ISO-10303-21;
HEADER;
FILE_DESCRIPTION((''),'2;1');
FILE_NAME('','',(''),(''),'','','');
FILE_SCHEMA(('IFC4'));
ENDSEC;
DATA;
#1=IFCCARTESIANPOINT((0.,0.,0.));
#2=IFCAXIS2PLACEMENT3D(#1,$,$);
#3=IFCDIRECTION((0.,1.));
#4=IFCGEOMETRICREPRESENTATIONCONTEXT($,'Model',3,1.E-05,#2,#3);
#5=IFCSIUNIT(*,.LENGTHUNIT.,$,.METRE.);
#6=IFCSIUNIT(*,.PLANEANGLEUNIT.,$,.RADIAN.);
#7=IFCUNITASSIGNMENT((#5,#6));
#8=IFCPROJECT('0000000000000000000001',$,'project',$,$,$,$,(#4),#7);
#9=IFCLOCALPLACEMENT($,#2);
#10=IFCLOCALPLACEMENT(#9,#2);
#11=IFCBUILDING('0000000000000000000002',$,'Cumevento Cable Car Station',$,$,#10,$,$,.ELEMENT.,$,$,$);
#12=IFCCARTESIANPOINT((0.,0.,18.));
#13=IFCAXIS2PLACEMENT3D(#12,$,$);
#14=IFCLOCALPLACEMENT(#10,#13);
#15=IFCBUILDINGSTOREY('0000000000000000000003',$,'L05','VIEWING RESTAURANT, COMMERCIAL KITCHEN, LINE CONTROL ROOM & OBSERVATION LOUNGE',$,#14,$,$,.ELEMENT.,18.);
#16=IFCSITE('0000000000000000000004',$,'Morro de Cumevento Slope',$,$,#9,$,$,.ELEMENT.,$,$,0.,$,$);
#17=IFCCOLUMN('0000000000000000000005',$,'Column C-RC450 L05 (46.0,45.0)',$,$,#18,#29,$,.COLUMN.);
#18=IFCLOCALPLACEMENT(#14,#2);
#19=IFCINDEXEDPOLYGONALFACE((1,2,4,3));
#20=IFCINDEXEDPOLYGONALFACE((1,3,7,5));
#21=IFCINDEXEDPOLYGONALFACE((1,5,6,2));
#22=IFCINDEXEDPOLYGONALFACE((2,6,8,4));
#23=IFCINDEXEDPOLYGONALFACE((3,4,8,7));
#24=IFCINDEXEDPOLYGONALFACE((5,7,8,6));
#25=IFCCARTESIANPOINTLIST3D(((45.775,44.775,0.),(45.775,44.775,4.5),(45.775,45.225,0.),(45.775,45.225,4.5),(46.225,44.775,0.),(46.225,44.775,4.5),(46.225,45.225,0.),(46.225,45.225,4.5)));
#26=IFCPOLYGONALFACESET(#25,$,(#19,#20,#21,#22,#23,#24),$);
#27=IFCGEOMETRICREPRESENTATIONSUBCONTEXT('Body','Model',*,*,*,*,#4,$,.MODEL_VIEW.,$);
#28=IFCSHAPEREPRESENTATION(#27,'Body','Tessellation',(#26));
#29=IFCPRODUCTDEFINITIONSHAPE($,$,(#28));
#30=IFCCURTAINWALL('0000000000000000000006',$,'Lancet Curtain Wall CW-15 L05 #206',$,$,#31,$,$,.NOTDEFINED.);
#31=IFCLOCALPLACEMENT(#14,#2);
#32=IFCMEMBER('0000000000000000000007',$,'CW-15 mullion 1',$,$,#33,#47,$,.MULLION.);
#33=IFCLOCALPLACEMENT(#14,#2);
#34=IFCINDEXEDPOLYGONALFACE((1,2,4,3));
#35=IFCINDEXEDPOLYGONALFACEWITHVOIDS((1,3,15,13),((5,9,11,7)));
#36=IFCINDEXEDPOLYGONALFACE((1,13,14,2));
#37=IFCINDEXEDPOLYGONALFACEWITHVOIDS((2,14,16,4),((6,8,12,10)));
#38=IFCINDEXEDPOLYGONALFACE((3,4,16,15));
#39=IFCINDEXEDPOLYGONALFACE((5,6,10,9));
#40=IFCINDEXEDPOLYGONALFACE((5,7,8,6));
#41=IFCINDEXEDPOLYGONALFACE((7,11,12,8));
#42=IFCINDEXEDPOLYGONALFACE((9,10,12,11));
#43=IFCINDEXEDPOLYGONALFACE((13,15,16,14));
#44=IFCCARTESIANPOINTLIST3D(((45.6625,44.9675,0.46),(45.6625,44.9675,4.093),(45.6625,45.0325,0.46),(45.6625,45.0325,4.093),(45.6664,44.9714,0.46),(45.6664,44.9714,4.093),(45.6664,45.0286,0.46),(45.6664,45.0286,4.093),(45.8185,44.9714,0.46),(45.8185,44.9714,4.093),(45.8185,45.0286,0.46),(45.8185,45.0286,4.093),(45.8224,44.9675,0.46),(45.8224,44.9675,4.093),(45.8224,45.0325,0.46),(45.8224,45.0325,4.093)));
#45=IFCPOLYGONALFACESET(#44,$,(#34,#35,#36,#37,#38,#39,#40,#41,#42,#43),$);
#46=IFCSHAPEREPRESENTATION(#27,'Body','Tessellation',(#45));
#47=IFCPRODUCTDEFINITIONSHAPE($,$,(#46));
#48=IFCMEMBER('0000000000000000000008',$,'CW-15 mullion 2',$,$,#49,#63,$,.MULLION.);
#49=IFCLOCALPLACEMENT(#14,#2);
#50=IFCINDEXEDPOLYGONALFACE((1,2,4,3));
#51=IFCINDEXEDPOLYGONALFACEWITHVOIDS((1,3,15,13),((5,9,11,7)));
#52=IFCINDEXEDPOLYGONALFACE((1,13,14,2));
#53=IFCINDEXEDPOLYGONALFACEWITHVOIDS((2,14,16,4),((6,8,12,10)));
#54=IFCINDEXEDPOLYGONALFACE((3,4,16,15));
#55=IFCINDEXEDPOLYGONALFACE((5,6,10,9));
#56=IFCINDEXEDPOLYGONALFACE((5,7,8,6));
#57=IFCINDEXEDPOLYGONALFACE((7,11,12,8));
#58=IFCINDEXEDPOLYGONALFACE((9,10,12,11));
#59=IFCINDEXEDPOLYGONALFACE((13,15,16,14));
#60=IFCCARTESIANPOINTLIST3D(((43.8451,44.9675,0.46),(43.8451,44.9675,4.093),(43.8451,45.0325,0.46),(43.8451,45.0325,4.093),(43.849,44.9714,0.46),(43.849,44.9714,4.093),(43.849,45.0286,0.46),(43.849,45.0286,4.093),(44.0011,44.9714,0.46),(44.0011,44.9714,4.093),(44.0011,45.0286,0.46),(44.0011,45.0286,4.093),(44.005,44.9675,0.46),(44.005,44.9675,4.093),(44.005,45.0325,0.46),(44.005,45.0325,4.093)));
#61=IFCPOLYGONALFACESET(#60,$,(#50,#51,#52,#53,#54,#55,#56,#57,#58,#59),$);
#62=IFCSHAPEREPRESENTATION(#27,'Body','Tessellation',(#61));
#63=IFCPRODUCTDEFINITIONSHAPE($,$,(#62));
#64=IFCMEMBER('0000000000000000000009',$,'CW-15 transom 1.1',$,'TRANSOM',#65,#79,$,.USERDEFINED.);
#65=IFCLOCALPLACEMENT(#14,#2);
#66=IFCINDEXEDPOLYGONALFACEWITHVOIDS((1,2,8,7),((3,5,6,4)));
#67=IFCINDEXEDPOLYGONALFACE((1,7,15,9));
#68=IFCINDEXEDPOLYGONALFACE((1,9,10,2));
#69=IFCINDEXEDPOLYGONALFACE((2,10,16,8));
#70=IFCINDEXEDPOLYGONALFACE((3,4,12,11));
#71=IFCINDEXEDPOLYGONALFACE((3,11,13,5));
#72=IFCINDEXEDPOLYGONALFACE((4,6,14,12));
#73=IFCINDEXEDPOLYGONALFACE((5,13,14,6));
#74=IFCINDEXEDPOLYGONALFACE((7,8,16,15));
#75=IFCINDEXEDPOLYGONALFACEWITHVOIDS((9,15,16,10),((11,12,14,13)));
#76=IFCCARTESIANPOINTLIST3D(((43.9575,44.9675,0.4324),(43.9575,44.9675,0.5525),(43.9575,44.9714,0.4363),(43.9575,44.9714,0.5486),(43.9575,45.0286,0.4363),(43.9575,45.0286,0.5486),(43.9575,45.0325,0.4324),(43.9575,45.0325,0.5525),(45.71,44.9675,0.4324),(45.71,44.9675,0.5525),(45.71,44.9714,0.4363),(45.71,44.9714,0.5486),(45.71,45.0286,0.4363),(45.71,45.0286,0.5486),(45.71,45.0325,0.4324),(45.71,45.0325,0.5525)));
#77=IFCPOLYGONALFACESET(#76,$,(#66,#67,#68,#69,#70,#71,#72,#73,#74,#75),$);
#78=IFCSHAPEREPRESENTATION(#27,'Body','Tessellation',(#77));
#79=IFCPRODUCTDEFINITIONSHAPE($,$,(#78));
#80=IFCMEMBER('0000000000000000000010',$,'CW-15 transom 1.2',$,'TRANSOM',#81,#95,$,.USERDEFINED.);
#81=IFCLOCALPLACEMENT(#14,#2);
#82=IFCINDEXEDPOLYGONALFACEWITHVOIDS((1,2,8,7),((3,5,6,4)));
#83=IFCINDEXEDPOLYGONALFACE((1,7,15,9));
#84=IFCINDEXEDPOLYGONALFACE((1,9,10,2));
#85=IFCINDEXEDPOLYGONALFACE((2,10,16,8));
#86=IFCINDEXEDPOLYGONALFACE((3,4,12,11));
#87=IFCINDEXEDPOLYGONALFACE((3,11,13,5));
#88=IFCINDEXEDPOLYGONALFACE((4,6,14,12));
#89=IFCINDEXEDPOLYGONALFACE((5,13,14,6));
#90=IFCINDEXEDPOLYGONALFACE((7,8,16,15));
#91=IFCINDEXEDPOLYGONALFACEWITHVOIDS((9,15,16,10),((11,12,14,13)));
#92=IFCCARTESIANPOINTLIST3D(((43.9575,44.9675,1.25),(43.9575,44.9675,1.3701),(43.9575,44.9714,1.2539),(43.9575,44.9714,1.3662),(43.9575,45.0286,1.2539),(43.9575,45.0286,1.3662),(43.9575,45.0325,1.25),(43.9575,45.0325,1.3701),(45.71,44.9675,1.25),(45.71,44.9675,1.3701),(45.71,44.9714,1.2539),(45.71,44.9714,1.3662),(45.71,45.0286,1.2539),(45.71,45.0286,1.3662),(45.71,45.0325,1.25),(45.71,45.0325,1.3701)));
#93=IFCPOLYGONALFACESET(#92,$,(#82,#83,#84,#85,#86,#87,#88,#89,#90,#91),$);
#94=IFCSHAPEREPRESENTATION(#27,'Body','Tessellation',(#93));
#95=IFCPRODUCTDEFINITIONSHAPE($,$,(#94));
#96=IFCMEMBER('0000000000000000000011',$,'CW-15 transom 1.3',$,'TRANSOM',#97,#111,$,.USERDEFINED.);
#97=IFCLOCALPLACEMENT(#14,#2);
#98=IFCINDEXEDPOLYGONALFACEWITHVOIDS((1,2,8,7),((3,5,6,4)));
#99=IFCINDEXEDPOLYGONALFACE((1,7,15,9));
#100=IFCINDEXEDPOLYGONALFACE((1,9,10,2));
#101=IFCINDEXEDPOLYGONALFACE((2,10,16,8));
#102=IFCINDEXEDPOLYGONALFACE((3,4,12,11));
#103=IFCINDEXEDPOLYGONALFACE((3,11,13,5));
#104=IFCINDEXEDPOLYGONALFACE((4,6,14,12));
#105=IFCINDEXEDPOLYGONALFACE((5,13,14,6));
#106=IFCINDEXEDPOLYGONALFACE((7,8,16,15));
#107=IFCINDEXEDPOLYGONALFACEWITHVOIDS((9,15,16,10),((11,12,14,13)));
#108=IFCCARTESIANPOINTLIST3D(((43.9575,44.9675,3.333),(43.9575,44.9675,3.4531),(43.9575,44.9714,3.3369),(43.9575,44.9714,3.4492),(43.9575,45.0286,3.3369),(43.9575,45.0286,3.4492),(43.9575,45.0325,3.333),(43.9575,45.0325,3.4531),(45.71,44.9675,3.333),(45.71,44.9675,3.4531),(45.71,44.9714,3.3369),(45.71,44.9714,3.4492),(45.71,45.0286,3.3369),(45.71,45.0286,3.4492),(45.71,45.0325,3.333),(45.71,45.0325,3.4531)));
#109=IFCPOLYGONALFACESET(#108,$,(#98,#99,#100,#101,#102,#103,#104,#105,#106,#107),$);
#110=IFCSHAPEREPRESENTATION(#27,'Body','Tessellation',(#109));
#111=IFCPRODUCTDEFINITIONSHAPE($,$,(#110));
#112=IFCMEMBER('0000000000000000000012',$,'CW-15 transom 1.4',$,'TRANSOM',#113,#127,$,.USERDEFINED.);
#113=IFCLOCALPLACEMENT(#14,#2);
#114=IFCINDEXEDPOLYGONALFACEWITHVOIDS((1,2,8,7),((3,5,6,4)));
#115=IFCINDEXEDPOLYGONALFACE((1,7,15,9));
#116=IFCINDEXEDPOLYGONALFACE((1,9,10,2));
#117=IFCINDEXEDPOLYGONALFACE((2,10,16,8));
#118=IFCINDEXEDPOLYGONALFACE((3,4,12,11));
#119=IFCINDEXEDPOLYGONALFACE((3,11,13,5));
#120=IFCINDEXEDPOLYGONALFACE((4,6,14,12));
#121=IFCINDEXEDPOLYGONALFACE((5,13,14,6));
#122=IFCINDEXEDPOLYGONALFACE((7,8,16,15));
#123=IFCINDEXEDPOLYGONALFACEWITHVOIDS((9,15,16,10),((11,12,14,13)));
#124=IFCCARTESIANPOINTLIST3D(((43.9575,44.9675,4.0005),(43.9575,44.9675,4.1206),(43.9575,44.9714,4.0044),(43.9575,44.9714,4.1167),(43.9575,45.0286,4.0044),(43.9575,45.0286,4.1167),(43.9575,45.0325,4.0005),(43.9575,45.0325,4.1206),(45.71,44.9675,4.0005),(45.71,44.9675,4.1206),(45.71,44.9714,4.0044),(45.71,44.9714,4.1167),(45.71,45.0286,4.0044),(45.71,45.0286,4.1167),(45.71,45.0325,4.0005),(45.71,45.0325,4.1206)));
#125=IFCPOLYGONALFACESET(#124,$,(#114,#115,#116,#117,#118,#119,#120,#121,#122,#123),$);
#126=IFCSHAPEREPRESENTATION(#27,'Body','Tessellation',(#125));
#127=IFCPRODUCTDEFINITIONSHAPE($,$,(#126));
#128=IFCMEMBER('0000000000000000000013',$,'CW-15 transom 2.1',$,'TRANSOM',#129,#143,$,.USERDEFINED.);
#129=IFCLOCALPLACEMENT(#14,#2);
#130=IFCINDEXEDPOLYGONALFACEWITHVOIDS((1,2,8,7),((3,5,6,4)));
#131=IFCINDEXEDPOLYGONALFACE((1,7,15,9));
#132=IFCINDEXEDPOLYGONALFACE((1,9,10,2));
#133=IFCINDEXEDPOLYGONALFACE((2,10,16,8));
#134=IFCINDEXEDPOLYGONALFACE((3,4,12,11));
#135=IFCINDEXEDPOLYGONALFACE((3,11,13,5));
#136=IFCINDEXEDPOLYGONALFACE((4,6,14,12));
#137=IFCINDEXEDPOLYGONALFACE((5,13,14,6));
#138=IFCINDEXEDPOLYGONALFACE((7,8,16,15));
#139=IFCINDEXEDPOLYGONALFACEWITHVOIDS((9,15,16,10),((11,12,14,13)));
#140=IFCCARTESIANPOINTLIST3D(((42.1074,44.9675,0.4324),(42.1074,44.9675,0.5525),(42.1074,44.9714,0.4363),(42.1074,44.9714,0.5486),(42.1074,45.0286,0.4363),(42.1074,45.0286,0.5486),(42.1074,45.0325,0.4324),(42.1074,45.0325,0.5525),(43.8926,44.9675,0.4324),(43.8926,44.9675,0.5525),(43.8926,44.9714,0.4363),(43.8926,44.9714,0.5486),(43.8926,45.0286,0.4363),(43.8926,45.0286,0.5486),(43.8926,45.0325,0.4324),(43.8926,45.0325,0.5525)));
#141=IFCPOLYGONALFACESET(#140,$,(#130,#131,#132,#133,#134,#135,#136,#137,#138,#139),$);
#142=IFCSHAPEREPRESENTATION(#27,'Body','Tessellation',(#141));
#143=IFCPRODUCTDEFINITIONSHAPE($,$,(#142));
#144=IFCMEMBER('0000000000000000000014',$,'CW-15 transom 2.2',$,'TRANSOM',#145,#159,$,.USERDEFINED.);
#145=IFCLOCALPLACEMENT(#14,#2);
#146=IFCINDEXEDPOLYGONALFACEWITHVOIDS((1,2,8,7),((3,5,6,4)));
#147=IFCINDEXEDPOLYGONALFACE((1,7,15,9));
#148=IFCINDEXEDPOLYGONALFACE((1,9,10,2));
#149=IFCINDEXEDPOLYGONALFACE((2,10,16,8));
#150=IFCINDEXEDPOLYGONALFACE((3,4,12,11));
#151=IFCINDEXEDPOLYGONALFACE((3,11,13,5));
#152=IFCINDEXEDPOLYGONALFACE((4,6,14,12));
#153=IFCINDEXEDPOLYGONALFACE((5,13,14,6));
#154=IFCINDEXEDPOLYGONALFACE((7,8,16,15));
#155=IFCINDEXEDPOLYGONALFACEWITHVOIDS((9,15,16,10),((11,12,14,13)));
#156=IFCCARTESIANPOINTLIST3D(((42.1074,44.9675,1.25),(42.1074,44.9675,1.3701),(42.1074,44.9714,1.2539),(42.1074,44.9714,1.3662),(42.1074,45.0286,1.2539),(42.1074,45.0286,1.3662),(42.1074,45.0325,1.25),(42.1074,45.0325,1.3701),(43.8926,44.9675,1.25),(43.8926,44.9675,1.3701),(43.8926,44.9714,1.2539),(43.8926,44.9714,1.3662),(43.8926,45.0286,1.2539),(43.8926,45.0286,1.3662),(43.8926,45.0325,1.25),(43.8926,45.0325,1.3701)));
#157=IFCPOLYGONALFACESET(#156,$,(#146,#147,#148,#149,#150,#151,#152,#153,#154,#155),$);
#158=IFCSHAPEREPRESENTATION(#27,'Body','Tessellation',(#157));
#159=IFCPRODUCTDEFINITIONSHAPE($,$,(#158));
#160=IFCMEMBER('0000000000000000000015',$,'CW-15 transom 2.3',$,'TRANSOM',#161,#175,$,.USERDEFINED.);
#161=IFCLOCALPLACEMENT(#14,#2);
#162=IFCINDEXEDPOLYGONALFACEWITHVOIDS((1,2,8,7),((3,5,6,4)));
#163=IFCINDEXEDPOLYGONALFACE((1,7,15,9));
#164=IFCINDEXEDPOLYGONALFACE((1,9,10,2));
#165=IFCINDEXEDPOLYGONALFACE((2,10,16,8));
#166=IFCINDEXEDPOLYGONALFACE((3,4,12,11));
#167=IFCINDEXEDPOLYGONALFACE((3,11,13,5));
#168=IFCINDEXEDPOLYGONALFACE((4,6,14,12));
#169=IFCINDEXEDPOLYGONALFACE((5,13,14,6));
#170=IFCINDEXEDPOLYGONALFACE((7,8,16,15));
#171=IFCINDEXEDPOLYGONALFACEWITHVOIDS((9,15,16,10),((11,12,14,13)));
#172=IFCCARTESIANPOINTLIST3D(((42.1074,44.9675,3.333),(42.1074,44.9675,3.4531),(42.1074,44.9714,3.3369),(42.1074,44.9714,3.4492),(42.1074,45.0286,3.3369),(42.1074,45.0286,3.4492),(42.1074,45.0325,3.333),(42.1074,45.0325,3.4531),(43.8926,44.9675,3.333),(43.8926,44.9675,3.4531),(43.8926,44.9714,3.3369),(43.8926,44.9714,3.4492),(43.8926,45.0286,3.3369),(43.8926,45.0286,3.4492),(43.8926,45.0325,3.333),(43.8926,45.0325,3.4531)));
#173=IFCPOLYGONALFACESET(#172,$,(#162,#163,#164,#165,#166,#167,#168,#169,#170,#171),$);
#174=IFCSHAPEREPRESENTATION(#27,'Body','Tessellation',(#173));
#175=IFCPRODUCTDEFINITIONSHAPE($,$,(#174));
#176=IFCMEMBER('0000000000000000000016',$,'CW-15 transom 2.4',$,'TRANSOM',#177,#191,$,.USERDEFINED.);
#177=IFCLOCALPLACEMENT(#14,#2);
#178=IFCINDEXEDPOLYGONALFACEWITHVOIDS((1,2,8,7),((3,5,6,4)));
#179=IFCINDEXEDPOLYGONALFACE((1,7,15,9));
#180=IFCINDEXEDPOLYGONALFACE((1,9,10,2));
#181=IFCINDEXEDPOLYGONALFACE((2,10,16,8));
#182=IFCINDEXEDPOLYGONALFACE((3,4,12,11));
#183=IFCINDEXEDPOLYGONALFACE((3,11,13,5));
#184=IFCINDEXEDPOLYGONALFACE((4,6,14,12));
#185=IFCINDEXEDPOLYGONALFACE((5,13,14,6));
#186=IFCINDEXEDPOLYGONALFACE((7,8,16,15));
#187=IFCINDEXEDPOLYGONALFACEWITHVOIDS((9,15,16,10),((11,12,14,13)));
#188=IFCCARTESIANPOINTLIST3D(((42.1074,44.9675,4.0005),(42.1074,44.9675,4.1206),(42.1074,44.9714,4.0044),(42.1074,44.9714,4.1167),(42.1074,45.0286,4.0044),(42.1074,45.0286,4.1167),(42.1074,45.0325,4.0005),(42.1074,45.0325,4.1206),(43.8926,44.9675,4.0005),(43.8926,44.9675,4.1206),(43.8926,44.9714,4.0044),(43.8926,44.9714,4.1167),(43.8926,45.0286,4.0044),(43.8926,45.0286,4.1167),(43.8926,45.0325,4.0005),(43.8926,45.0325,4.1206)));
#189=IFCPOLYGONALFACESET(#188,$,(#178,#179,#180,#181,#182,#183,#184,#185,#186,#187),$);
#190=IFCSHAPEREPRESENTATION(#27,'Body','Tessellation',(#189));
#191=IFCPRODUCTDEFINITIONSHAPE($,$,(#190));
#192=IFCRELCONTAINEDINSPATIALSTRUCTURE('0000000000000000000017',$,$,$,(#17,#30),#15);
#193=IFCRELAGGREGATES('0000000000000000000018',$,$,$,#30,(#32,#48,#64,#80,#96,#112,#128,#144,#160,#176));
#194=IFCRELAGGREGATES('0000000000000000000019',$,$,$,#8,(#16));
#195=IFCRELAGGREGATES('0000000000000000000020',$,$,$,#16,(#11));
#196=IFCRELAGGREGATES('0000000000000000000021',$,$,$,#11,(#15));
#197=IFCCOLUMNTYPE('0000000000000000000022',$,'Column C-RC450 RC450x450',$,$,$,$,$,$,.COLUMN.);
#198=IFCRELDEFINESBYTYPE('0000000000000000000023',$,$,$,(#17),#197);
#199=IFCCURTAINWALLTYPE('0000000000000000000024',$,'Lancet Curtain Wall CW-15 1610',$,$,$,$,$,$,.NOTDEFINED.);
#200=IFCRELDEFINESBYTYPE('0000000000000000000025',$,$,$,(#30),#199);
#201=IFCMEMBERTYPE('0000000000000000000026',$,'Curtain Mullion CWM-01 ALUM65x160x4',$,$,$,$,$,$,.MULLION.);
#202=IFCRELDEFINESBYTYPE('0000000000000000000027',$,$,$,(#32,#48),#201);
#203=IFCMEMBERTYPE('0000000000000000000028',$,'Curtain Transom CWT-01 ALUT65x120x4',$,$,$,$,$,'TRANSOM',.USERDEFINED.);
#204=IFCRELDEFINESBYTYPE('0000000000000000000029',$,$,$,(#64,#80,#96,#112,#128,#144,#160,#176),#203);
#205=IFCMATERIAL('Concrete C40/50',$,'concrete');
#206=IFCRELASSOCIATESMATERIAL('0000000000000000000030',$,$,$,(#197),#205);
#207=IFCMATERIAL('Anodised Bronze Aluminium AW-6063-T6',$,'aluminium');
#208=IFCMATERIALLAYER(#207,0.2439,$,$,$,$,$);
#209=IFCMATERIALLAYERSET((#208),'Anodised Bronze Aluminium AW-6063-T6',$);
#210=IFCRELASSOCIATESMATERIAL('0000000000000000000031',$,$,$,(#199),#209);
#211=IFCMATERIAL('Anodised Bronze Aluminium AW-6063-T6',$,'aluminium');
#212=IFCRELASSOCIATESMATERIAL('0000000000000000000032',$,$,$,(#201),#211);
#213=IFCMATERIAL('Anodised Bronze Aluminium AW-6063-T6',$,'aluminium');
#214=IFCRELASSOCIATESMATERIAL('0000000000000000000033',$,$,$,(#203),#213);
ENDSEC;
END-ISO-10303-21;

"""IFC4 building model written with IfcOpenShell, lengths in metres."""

from ifc_helpers import new_model, si_unit, direction, frame, origin, origin_2d, place, context, subcontext, project, spatial, rectangle, hollow_rectangle, extrude, material, layer, layer_set, material_profile, profile_set, type_object, element, aggregate, save


model = new_model("IFC4")

# Units and contexts
model_context = context("Model", 3, precision=1e-05, world=origin(), true_north=direction((0.0, 1.0)))
body_context = subcontext(model_context, "Body", "Model", "MODEL_VIEW")
ifc_project = project(units=[si_unit("LENGTHUNIT", "METRE"), si_unit("PLANEANGLEUNIT", "RADIAN")], contexts=[model_context])

# Site, building, storey
site_placement = place(None, origin())
site = spatial("IfcSite", under=ifc_project, at=site_placement, Name="Morro de Cumevento Slope", CompositionType="ELEMENT", RefElevation=0.0)
building_placement = place(site_placement, origin())
building = spatial("IfcBuilding", under=site, at=building_placement, Name="Cumevento Cable Car Station", CompositionType="ELEMENT")
storey_placement = place(building_placement, frame((0.0, 0.0, 18.0)))
storey = spatial("IfcBuildingStorey", under=building, at=storey_placement, Name="L05", Description="VIEWING RESTAURANT, COMMERCIAL KITCHEN, LINE CONTROL ROOM & OBSERVATION LOUNGE", CompositionType="ELEMENT", Elevation=18.0)

# Column
ifc_material_1 = material(Name="Concrete C40/50", Category="concrete")
ifc_material_profile_1 = material_profile(ifc_material_1, rectangle(XDim=0.45, YDim=0.45, at=origin_2d()), Name="RC450x450")
ifc_profile_set_1 = profile_set([ifc_material_profile_1], Name="Concrete C40/50")
column_type = type_object("IfcColumnType", Name="Column C-RC450 RC450x450", PredefinedType="COLUMN", material=ifc_profile_set_1)
column_placement = place(storey_placement, frame((46.0, 45.0, 0.0), z_axis=(0.0, 0.0, 1.0), x_axis=(1.0, 0.0, 0.0)))
element("IfcColumn", 1, at=column_placement, inside=storey, type_object=column_type, Name="Column C-RC450 L05 (46.0,45.0)", PredefinedType="COLUMN", context=body_context, shape_type="SweptSolid", body=[
    extrude(rectangle(XDim=0.45, YDim=0.45, at=origin_2d()), origin(), (0.0, 0.0, 1.0), 4.5),
])

# Curtain wall, members
ifc_material_2 = material(Name="Anodised Bronze Aluminium AW-6063-T6", Category="aluminium")
ifc_layer_1 = layer(ifc_material_2, 0.2439)
ifc_layer_set_1 = layer_set([ifc_layer_1], Name="Anodised Bronze Aluminium AW-6063-T6")
curtain_wall_type = type_object("IfcCurtainWallType", Name="Lancet Curtain Wall CW-15 1610", PredefinedType="NOTDEFINED", material=ifc_layer_set_1)
curtain_wall_placement = place(storey_placement, origin())
curtain_wall = element("IfcCurtainWall", 2, at=curtain_wall_placement, inside=storey, type_object=curtain_wall_type, Name="Lancet Curtain Wall CW-15 L05 #206", PredefinedType="NOTDEFINED")
ifc_material_3 = material(Name="Anodised Bronze Aluminium AW-6063-T6", Category="aluminium")
ifc_material_profile_2 = material_profile(ifc_material_3, hollow_rectangle(XDim=0.0649, YDim=0.1599, WallThickness=0.0039, at=origin_2d()), Name="ALUM65x160x4")
ifc_profile_set_2 = profile_set([ifc_material_profile_2], Name="Anodised Bronze Aluminium AW-6063-T6")
member_type_1 = type_object("IfcMemberType", Name="Curtain Mullion CWM-01 ALUM65x160x4", PredefinedType="MULLION", material=ifc_profile_set_2)
member_1_placement = place(storey_placement, frame((45.7424, 45.0, 0.46), z_axis=(0.0, 0.0, 1.0), x_axis=(0.0, -1.0, 0.0)))
member_1 = element("IfcMember", 3, at=member_1_placement, type_object=member_type_1, Name="CW-15 mullion 1", PredefinedType="MULLION", context=body_context, shape_type="SweptSolid", body=[
    extrude(hollow_rectangle(XDim=0.0649, YDim=0.1599, WallThickness=0.0039, at=origin_2d()), origin(), (0.0, 0.0, 1.0), 3.6331),
])
member_2_placement = place(storey_placement, frame((43.925, 45.0, 0.46), z_axis=(0.0, 0.0, 1.0), x_axis=(0.0, -1.0, 0.0)))
member_2 = element("IfcMember", 4, at=member_2_placement, type_object=member_type_1, Name="CW-15 mullion 2", PredefinedType="MULLION", context=body_context, shape_type="SweptSolid", body=[
    extrude(hollow_rectangle(XDim=0.0649, YDim=0.1599, WallThickness=0.0039, at=origin_2d()), origin(), (0.0, 0.0, 1.0), 3.6331),
])
ifc_material_4 = material(Name="Anodised Bronze Aluminium AW-6063-T6", Category="aluminium")
ifc_material_profile_3 = material_profile(ifc_material_4, hollow_rectangle(XDim=0.0649, YDim=0.1201, WallThickness=0.0039, at=origin_2d()), Name="ALUT65x120x4")
ifc_profile_set_3 = profile_set([ifc_material_profile_3], Name="Anodised Bronze Aluminium AW-6063-T6")
member_type_2 = type_object("IfcMemberType", Name="Curtain Transom CWT-01 ALUT65x120x4", ElementType="TRANSOM", PredefinedType="USERDEFINED", material=ifc_profile_set_3)
member_3_placement = place(storey_placement, frame((45.71, 45.0, 0.4924), z_axis=(-1.0, 0.0, 0.0), x_axis=(0.0, -1.0, 0.0)))
member_3 = element("IfcMember", 5, at=member_3_placement, type_object=member_type_2, Name="CW-15 transom 1.1", ObjectType="TRANSOM", PredefinedType="USERDEFINED", context=body_context, shape_type="SweptSolid", body=[
    extrude(hollow_rectangle(XDim=0.0649, YDim=0.1201, WallThickness=0.0039, at=origin_2d()), origin(), (0.0, 0.0, 1.0), 1.7524),
])
member_4_placement = place(storey_placement, frame((45.71, 45.0, 1.3101), z_axis=(-1.0, 0.0, 0.0), x_axis=(0.0, -1.0, 0.0)))
member_4 = element("IfcMember", 6, at=member_4_placement, type_object=member_type_2, Name="CW-15 transom 1.2", ObjectType="TRANSOM", PredefinedType="USERDEFINED", context=body_context, shape_type="SweptSolid", body=[
    extrude(hollow_rectangle(XDim=0.0649, YDim=0.1201, WallThickness=0.0039, at=origin_2d()), origin(), (0.0, 0.0, 1.0), 1.7524),
])
member_5_placement = place(storey_placement, frame((45.71, 45.0, 3.3931), z_axis=(-1.0, 0.0, 0.0), x_axis=(0.0, -1.0, 0.0)))
member_5 = element("IfcMember", 7, at=member_5_placement, type_object=member_type_2, Name="CW-15 transom 1.3", ObjectType="TRANSOM", PredefinedType="USERDEFINED", context=body_context, shape_type="SweptSolid", body=[
    extrude(hollow_rectangle(XDim=0.0649, YDim=0.1201, WallThickness=0.0039, at=origin_2d()), origin(), (0.0, 0.0, 1.0), 1.7524),
])
member_6_placement = place(storey_placement, frame((45.71, 45.0, 4.0605), z_axis=(-1.0, 0.0, 0.0), x_axis=(0.0, -1.0, 0.0)))
member_6 = element("IfcMember", 8, at=member_6_placement, type_object=member_type_2, Name="CW-15 transom 1.4", ObjectType="TRANSOM", PredefinedType="USERDEFINED", context=body_context, shape_type="SweptSolid", body=[
    extrude(hollow_rectangle(XDim=0.0649, YDim=0.1201, WallThickness=0.0039, at=origin_2d()), origin(), (0.0, 0.0, 1.0), 1.7524),
])
member_7_placement = place(storey_placement, frame((43.8926, 45.0, 0.4924), z_axis=(-1.0, 0.0, 0.0), x_axis=(0.0, -1.0, 0.0)))
member_7 = element("IfcMember", 9, at=member_7_placement, type_object=member_type_2, Name="CW-15 transom 2.1", ObjectType="TRANSOM", PredefinedType="USERDEFINED", context=body_context, shape_type="SweptSolid", body=[
    extrude(hollow_rectangle(XDim=0.0649, YDim=0.1201, WallThickness=0.0039, at=origin_2d()), origin(), (0.0, 0.0, 1.0), 1.7852),
])
member_8_placement = place(storey_placement, frame((43.8926, 45.0, 1.3101), z_axis=(-1.0, 0.0, 0.0), x_axis=(0.0, -1.0, 0.0)))
member_8 = element("IfcMember", 10, at=member_8_placement, type_object=member_type_2, Name="CW-15 transom 2.2", ObjectType="TRANSOM", PredefinedType="USERDEFINED", context=body_context, shape_type="SweptSolid", body=[
    extrude(hollow_rectangle(XDim=0.0649, YDim=0.1201, WallThickness=0.0039, at=origin_2d()), origin(), (0.0, 0.0, 1.0), 1.7852),
])
member_9_placement = place(storey_placement, frame((43.8926, 45.0, 3.3931), z_axis=(-1.0, 0.0, 0.0), x_axis=(0.0, -1.0, 0.0)))
member_9 = element("IfcMember", 11, at=member_9_placement, type_object=member_type_2, Name="CW-15 transom 2.3", ObjectType="TRANSOM", PredefinedType="USERDEFINED", context=body_context, shape_type="SweptSolid", body=[
    extrude(hollow_rectangle(XDim=0.0649, YDim=0.1201, WallThickness=0.0039, at=origin_2d()), origin(), (0.0, 0.0, 1.0), 1.7852),
])
member_10_placement = place(storey_placement, frame((43.8926, 45.0, 4.0605), z_axis=(-1.0, 0.0, 0.0), x_axis=(0.0, -1.0, 0.0)))
member_10 = element("IfcMember", 12, at=member_10_placement, type_object=member_type_2, Name="CW-15 transom 2.4", ObjectType="TRANSOM", PredefinedType="USERDEFINED", context=body_context, shape_type="SweptSolid", body=[
    extrude(hollow_rectangle(XDim=0.0649, YDim=0.1201, WallThickness=0.0039, at=origin_2d()), origin(), (0.0, 0.0, 1.0), 1.7852),
])

aggregate(curtain_wall, [member_1, member_2, member_3, member_4, member_5, member_6, member_7, member_8, member_9, member_10])

save(model, "model.ifc")
